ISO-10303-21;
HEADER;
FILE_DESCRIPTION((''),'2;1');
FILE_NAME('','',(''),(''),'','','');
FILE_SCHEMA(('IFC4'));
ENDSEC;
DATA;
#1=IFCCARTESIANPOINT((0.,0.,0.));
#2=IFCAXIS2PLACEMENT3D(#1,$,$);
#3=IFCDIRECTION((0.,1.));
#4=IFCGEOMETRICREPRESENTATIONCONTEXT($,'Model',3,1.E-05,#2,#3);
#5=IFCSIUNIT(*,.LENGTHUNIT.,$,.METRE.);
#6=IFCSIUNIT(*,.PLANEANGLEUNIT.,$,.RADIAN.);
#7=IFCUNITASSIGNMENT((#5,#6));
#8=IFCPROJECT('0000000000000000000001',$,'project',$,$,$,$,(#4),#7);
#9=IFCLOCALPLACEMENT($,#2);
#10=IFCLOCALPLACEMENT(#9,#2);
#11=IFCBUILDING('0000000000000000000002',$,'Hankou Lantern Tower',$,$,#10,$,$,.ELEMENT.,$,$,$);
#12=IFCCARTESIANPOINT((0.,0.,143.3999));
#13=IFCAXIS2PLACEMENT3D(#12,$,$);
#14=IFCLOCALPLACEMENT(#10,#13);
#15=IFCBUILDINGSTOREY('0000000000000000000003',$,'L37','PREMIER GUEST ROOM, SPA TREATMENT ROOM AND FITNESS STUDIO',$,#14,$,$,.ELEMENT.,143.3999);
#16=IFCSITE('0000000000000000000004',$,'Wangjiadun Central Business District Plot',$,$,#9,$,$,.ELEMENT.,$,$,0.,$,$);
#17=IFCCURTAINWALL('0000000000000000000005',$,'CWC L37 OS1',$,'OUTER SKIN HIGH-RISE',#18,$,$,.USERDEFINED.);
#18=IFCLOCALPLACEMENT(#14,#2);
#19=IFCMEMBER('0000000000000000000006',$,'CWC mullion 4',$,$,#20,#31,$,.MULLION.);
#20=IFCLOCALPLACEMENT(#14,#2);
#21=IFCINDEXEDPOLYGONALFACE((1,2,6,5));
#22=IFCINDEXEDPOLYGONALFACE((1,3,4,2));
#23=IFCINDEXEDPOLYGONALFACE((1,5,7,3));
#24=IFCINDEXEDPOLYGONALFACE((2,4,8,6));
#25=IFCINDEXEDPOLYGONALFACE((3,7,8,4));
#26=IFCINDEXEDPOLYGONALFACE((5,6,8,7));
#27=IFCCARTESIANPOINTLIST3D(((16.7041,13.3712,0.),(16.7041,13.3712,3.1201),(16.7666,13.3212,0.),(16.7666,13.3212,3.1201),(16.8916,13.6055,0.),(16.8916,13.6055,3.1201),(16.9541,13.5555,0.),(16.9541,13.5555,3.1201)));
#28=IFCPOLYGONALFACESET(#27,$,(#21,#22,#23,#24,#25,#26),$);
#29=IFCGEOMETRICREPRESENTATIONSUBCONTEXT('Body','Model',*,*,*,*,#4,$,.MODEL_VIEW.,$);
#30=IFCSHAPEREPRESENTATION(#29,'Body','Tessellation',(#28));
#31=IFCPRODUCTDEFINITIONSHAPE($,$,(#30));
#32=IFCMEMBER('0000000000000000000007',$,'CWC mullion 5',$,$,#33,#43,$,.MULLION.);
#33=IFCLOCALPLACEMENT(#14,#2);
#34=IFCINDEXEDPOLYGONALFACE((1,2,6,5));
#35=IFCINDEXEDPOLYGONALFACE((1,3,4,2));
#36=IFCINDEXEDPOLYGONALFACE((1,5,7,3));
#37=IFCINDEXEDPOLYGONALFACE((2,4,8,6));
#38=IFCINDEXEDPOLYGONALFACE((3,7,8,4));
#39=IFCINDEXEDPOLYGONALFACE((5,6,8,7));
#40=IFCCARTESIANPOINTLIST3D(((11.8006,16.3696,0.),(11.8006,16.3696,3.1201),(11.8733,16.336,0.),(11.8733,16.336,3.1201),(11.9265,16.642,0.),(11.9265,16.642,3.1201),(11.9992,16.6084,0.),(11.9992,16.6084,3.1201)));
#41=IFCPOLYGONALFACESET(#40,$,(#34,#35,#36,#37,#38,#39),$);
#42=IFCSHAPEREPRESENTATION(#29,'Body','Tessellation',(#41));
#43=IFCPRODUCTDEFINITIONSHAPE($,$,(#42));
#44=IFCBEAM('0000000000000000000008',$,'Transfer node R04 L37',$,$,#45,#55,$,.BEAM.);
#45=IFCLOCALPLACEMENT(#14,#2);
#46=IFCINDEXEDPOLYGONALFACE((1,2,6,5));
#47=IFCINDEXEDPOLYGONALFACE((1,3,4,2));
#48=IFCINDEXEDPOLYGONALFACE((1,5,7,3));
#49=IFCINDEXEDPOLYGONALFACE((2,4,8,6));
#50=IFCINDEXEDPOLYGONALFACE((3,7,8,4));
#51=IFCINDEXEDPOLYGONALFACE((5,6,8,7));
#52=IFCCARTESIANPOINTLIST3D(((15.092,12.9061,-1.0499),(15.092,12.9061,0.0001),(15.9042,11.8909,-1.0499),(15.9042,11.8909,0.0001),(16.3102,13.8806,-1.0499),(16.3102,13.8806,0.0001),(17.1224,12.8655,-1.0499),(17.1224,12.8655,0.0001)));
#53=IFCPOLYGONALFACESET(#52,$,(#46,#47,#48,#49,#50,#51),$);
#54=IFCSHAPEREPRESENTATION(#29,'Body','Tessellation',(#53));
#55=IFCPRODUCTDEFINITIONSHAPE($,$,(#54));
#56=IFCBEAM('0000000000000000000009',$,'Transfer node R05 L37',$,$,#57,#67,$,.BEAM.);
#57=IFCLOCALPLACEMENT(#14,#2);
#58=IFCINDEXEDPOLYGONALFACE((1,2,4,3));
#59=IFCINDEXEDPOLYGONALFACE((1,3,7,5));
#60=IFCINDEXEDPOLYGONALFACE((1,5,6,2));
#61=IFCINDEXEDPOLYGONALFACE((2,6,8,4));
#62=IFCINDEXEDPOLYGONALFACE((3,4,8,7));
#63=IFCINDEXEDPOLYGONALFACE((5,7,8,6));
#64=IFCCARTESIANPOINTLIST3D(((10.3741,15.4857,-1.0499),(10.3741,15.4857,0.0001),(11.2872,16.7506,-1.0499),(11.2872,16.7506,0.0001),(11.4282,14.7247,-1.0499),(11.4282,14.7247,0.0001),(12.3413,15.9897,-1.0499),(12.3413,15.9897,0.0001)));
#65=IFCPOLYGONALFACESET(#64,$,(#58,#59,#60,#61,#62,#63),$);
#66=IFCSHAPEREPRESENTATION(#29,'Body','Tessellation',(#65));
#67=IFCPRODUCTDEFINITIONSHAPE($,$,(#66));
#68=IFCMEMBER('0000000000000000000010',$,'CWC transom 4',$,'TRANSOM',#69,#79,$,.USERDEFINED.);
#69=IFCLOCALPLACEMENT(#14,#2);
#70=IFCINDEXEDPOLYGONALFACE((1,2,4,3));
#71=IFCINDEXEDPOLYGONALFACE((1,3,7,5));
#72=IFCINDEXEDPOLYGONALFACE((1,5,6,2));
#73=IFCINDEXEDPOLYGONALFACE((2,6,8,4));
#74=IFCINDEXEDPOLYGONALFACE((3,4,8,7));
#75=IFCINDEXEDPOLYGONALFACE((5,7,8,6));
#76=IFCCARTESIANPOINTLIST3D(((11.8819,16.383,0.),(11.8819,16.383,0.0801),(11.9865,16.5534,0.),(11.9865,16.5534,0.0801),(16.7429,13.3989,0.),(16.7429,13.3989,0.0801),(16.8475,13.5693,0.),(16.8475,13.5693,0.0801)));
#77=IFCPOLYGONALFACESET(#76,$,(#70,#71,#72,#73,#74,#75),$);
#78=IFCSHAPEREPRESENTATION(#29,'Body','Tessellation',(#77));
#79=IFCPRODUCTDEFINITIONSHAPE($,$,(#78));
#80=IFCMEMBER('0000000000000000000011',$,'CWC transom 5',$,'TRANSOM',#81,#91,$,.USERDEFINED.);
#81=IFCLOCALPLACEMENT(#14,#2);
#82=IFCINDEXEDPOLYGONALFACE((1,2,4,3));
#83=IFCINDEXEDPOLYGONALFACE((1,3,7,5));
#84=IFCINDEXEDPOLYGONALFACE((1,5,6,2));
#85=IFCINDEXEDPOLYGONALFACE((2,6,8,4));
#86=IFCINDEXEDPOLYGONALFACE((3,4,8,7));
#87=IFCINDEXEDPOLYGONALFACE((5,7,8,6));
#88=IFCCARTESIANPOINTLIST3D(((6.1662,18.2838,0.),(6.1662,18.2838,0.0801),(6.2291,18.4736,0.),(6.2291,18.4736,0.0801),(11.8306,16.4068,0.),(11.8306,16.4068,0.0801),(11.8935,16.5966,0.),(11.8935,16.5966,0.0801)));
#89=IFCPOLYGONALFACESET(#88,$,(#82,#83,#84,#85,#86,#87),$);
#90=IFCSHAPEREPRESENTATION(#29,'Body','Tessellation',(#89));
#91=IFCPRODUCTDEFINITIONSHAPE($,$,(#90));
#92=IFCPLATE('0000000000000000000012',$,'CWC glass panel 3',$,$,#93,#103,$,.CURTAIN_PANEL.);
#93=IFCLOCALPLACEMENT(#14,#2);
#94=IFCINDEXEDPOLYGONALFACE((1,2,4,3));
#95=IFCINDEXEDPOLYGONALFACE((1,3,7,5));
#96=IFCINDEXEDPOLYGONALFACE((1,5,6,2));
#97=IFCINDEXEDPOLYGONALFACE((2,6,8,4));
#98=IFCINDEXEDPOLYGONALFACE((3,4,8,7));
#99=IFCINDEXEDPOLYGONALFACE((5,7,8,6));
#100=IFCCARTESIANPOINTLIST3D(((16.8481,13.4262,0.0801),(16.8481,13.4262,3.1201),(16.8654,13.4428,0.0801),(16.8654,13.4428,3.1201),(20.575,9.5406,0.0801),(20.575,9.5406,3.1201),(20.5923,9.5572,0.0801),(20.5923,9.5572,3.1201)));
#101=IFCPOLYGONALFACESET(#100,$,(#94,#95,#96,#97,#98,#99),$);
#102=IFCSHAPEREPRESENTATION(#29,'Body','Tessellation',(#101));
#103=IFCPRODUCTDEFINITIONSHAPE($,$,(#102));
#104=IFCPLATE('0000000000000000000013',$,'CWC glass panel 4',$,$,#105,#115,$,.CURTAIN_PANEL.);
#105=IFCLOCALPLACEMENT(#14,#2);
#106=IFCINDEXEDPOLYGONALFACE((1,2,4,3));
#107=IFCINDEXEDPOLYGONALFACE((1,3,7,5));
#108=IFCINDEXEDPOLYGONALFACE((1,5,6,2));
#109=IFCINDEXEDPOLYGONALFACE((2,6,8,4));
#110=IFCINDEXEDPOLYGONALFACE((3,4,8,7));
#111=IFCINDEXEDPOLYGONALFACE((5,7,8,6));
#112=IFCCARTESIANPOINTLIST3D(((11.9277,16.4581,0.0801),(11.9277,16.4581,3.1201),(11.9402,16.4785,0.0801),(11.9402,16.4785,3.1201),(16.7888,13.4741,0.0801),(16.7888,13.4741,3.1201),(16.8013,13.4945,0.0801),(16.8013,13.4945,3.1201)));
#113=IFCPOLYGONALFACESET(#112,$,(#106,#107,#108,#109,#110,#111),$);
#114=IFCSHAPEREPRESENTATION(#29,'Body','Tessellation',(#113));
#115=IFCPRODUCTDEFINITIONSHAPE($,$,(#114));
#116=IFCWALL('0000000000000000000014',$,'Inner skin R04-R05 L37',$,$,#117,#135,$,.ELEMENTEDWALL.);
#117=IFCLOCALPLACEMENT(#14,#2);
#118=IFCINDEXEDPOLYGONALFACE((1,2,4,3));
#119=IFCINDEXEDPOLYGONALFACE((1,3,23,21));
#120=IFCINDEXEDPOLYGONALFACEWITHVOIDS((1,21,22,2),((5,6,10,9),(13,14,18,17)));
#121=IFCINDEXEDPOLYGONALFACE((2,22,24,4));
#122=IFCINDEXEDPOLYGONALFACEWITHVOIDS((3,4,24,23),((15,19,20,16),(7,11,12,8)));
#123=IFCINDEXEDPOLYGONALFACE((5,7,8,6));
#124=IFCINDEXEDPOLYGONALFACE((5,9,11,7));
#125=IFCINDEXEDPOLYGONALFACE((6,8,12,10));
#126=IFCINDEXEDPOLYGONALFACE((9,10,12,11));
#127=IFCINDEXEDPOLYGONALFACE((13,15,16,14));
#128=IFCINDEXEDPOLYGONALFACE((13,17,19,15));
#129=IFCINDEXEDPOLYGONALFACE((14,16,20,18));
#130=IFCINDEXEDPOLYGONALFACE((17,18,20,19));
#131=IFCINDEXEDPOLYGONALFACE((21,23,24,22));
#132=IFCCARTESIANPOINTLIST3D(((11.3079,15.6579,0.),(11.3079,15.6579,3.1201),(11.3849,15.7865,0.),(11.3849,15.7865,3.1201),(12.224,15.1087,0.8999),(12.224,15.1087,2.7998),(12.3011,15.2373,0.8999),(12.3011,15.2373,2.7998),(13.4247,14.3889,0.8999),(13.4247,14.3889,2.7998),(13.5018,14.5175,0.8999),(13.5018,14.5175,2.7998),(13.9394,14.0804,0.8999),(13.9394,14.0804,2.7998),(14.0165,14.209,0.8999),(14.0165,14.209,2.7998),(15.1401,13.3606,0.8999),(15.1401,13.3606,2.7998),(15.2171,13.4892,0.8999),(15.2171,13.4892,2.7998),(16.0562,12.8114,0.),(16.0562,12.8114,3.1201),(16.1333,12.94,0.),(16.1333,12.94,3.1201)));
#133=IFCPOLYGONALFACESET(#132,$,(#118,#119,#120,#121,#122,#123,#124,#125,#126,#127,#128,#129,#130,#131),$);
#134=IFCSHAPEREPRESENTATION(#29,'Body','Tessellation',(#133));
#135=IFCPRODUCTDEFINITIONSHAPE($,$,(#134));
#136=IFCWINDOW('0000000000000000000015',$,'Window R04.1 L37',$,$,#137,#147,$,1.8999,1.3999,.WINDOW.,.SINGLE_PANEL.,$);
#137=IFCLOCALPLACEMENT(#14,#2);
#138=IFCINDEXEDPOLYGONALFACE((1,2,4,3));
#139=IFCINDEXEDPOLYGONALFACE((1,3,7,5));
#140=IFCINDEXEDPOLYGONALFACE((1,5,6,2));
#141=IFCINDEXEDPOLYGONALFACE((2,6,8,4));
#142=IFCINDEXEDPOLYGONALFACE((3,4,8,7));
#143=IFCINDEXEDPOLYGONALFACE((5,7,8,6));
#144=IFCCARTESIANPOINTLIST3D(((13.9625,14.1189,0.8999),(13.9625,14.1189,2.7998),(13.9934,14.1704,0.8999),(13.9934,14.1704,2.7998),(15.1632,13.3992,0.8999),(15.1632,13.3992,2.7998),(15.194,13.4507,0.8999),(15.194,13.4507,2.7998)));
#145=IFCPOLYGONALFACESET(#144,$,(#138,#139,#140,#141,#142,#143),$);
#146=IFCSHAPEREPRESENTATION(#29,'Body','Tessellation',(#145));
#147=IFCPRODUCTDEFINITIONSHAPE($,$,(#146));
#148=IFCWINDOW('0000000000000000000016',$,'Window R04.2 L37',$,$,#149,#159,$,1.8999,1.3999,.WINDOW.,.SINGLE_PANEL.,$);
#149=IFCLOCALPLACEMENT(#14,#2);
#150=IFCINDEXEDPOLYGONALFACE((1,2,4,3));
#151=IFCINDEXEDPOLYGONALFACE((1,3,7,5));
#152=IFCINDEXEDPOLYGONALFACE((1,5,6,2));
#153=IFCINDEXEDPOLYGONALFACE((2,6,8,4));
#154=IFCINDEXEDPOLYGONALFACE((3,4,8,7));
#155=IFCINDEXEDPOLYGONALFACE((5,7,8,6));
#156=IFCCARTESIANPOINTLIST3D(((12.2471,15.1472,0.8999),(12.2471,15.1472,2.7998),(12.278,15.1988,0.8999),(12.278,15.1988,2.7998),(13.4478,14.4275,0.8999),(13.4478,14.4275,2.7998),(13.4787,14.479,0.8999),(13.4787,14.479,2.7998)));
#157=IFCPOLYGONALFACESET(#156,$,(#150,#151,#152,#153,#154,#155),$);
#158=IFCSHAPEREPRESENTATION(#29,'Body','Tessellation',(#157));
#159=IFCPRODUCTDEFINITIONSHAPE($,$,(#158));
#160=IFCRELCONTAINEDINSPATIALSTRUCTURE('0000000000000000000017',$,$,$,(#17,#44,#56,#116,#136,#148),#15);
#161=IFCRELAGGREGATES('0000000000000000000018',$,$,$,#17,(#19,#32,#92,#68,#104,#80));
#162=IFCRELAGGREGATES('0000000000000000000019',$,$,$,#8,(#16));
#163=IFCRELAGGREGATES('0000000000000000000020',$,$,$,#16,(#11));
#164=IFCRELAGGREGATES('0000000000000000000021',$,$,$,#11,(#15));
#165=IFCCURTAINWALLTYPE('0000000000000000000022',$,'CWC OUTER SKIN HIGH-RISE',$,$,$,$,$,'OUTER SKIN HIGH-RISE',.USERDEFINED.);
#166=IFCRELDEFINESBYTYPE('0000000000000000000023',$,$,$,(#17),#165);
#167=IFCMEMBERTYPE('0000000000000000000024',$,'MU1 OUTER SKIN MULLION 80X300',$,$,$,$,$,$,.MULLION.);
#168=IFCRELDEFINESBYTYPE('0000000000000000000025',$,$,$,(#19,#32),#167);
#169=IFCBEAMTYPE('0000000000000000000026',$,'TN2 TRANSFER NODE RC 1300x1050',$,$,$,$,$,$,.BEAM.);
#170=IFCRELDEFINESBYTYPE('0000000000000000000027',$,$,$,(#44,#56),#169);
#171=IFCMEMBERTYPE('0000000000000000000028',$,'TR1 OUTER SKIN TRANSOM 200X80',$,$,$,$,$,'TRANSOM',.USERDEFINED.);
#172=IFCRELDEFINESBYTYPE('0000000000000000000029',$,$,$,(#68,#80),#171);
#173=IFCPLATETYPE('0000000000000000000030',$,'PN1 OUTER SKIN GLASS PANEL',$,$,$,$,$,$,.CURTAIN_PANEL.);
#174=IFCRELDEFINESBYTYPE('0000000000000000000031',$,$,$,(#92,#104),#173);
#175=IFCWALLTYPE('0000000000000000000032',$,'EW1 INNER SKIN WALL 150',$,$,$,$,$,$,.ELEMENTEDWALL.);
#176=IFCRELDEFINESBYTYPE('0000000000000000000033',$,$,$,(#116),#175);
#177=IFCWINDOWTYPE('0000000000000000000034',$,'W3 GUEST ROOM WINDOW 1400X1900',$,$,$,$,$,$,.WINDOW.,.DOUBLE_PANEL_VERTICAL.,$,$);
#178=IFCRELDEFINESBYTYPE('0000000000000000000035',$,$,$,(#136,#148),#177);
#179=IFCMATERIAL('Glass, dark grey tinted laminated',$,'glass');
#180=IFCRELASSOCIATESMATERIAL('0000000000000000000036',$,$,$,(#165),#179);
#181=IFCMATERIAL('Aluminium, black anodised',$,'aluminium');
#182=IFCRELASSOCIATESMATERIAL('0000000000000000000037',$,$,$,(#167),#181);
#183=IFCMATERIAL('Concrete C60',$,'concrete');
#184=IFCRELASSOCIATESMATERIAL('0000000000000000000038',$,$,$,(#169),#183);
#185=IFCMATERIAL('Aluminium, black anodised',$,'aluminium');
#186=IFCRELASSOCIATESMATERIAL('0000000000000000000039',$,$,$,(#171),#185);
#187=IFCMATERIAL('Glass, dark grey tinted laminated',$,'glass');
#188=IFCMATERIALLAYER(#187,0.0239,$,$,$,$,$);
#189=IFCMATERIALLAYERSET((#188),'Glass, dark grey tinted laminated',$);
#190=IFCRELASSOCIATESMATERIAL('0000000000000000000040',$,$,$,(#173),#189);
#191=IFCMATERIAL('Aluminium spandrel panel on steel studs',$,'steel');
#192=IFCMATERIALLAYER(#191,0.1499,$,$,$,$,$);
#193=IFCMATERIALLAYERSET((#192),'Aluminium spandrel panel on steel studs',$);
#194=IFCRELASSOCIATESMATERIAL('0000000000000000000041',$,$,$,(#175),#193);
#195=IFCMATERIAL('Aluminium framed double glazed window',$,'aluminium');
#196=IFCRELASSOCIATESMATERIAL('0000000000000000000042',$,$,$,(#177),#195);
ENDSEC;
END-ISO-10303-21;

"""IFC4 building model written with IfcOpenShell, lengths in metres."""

from ifc_helpers import new_model, si_unit, direction, frame, frame_2d, origin, origin_2d, place, context, subcontext, project, spatial, rectangle, extrude, material, layer, layer_set, material_profile, profile_set, type_object, element, fill, aggregate, save


model = new_model("IFC4")

# Units and contexts
model_context = context("Model", 3, precision=1e-05, world=origin(), true_north=direction((0.0, 1.0)))
body_context = subcontext(model_context, "Body", "Model", "MODEL_VIEW")
ifc_project = project(units=[si_unit("LENGTHUNIT", "METRE"), si_unit("PLANEANGLEUNIT", "RADIAN")], contexts=[model_context])

# Site, building, storey
site_placement = place(None, origin())
site = spatial("IfcSite", under=ifc_project, at=site_placement, Name="Wangjiadun Central Business District Plot", CompositionType="ELEMENT", RefElevation=0.0)
building_placement = place(site_placement, origin())
building = spatial("IfcBuilding", under=site, at=building_placement, Name="Hankou Lantern Tower", CompositionType="ELEMENT")
storey_placement = place(building_placement, frame((0.0, 0.0, 143.3999)))
storey = spatial("IfcBuildingStorey", under=building, at=storey_placement, Name="L37", Description="PREMIER GUEST ROOM, SPA TREATMENT ROOM AND FITNESS STUDIO", CompositionType="ELEMENT", Elevation=143.3999)

# Curtain wall, members
ifc_material_1 = material(Name="Glass, dark grey tinted laminated", Category="glass")
curtain_wall_type = type_object("IfcCurtainWallType", Name="CWC OUTER SKIN HIGH-RISE", ElementType="OUTER SKIN HIGH-RISE", PredefinedType="USERDEFINED", material=ifc_material_1)
curtain_wall_placement = place(storey_placement, origin())
curtain_wall = element("IfcCurtainWall", 1, at=curtain_wall_placement, inside=storey, type_object=curtain_wall_type, Name="CWC L37 OS1", ObjectType="OUTER SKIN HIGH-RISE", PredefinedType="USERDEFINED")
ifc_material_2 = material(Name="Aluminium, black anodised", Category="aluminium")
ifc_material_profile_1 = material_profile(ifc_material_2, rectangle(XDim=0.0801, YDim=0.3, at=origin_2d()), Name="MU1 80X300")
ifc_profile_set_1 = profile_set([ifc_material_profile_1], Name="Aluminium, black anodised")
member_type_1 = type_object("IfcMemberType", Name="MU1 OUTER SKIN MULLION 80X300", PredefinedType="MULLION", material=ifc_profile_set_1)
member_1_placement = place(storey_placement, frame((16.8291, 13.4634, 0.0), z_axis=(0.0, 0.0, 1.0), x_axis=(-0.780869, 0.624695, 0.0)))
member_1 = element("IfcMember", 2, at=member_1_placement, type_object=member_type_1, Name="CWC mullion 4", PredefinedType="MULLION", context=body_context, shape_type="SweptSolid", body=[
    extrude(rectangle(XDim=0.0801, YDim=0.3, at=origin_2d()), origin(), (0.0, 0.0, 1.0), 3.1201),
])
member_2_placement = place(storey_placement, frame((11.8999, 16.489, 0.0), z_axis=(0.0, 0.0, 1.0), x_axis=(-0.907841, 0.419314, 0.0)))
member_2 = element("IfcMember", 3, at=member_2_placement, type_object=member_type_1, Name="CWC mullion 5", PredefinedType="MULLION", context=body_context, shape_type="SweptSolid", body=[
    extrude(rectangle(XDim=0.0801, YDim=0.3, at=origin_2d()), origin(), (0.0, 0.0, 1.0), 3.1201),
])

# Beams
ifc_material_3 = material(Name="Concrete C60", Category="concrete")
ifc_material_profile_2 = material_profile(ifc_material_3, rectangle(XDim=1.3, YDim=1.05, at=origin_2d()), Name="RC 1300x1050")
ifc_profile_set_2 = profile_set([ifc_material_profile_2], Name="Concrete C60")
beam_type_1 = type_object("IfcBeamType", Name="TN2 TRANSFER NODE RC 1300x1050", PredefinedType="BEAM", material=ifc_profile_set_2)
for number, where, z_axis, x_axis, name in (
    (4, (16.7163, 13.373, -0.5249), (-0.780869, -0.624695, 0.0), (0.624695, -0.780869, 0.0), "Transfer node R04 L37"),
    (5, (11.8142, 16.3701, -0.5249), (-0.585302, -0.810815, 0.0), (0.810815, -0.585302, 0.0), "Transfer node R05 L37"),
):
    element("IfcBeam", number, at=place(storey_placement, frame(where, z_axis=z_axis, x_axis=x_axis)), inside=storey, type_object=beam_type_1, Name=name, PredefinedType="BEAM", context=body_context, shape_type="SweptSolid", body=[
        extrude(rectangle(XDim=1.3, YDim=1.05, at=origin_2d()), origin(), (0.0, 0.0, 1.0), 1.5601),
    ])

# Members
ifc_material_4 = material(Name="Aluminium, black anodised", Category="aluminium")
ifc_material_profile_3 = material_profile(ifc_material_4, rectangle(XDim=0.2, YDim=0.0801, at=origin_2d()), Name="TR1 200X80")
ifc_profile_set_3 = profile_set([ifc_material_profile_3], Name="Aluminium, black anodised")
member_type_2 = type_object("IfcMemberType", Name="TR1 OUTER SKIN TRANSOM 200X80", ElementType="TRANSOM", PredefinedType="USERDEFINED", material=ifc_profile_set_3)
member_3_placement = place(storey_placement, frame((16.7952, 13.4841, 0.04), z_axis=(-0.852229, 0.523168, 0.0), x_axis=(-0.523168, -0.852229, 0.0)))
member_3 = element("IfcMember", 6, at=member_3_placement, type_object=member_type_2, Name="CWC transom 4", ObjectType="TRANSOM", PredefinedType="USERDEFINED", context=body_context, shape_type="SweptSolid", body=[
    extrude(rectangle(XDim=0.2, YDim=0.0801, at=origin_2d()), origin(), (0.0, 0.0, 1.0), 5.7039),
])
member_4_placement = place(storey_placement, frame((11.8621, 16.5017, 0.04), z_axis=(-0.949242, 0.314546, 0.0), x_axis=(-0.314546, -0.949242, 0.0)))
member_4 = element("IfcMember", 7, at=member_4_placement, type_object=member_type_2, Name="CWC transom 5", ObjectType="TRANSOM", PredefinedType="USERDEFINED", context=body_context, shape_type="SweptSolid", body=[
    extrude(rectangle(XDim=0.2, YDim=0.0801, at=origin_2d()), origin(), (0.0, 0.0, 1.0), 5.9673),
])

# Plates
ifc_material_5 = material(Name="Glass, dark grey tinted laminated", Category="glass")
ifc_layer_1 = layer(ifc_material_5, 0.0239)
ifc_layer_set_1 = layer_set([ifc_layer_1], Name="Glass, dark grey tinted laminated")
plate_type = type_object("IfcPlateType", Name="PN1 OUTER SKIN GLASS PANEL", PredefinedType="CURTAIN_PANEL", material=ifc_layer_set_1)
plate_1_placement = place(storey_placement, frame((18.7202, 11.4917, 0.0801), z_axis=(0.0, 0.0, 1.0), x_axis=(-0.692216, 0.721691, 0.0)))
plate_1 = element("IfcPlate", 8, at=plate_1_placement, type_object=plate_type, Name="CWC glass panel 3", PredefinedType="CURTAIN_PANEL", context=body_context, shape_type="SweptSolid", body=[
    extrude(rectangle(XDim=5.384, YDim=0.0239, at=origin_2d()), origin(), (0.0, 0.0, 1.0), 3.04),
])
plate_2_placement = place(storey_placement, frame((14.3645, 14.9763, 0.0801), z_axis=(0.0, 0.0, 1.0), x_axis=(-0.852237, 0.523156, 0.0)))
plate_2 = element("IfcPlate", 9, at=plate_2_placement, type_object=plate_type, Name="CWC glass panel 4", PredefinedType="CURTAIN_PANEL", context=body_context, shape_type="SweptSolid", body=[
    extrude(rectangle(XDim=5.7039, YDim=0.0239, at=origin_2d()), origin(), (0.0, 0.0, 1.0), 3.04),
])
aggregate(curtain_wall, [member_1, member_2, plate_1, member_3, plate_2, member_4])

# Wall, openings, windows
ifc_material_6 = material(Name="Aluminium spandrel panel on steel studs", Category="steel")
ifc_layer_2 = layer(ifc_material_6, 0.1499)
ifc_layer_set_2 = layer_set([ifc_layer_2], Name="Aluminium spandrel panel on steel studs")
wall_type_1 = type_object("IfcWallType", Name="EW1 INNER SKIN WALL 150", PredefinedType="ELEMENTEDWALL", material=ifc_layer_set_2)
wall_1_placement = place(storey_placement, frame((16.0947, 12.8757, 0.0), z_axis=(0.0, 0.0, 1.0), x_axis=(-0.857695, 0.514158, 0.0)))
wall_1 = element("IfcWall", 10, at=wall_1_placement, inside=storey, type_object=wall_type_1, Name="Inner skin R04-R05 L37", PredefinedType="ELEMENTEDWALL", context=body_context, shape_type="SweptSolid", body=[
    extrude(rectangle(XDim=5.5361, YDim=0.1499, at=frame_2d((2.7681, 0.0))), origin(), (0.0, 0.0, 1.0), 3.1201),
])
opening_1_placement = place(wall_1_placement, frame((1.0681, 0.0, 0.8999)))
opening_1 = element("IfcOpeningElement", 11, at=opening_1_placement, cuts=wall_1, PredefinedType="OPENING", context=body_context, shape_type="SweptSolid", body=[
    extrude(rectangle(XDim=1.3999, YDim=1.8999, at=frame_2d((0.7, 0.95))), frame((0.0, 0.085, 0.0), z_axis=(0.0, -1.0, 0.0), x_axis=(1.0, 0.0, 0.0)), (0.0, 0.0, 1.0), 0.1699),
])
opening_2_placement = place(wall_1_placement, frame((3.0681, 0.0, 0.8999)))
opening_2 = element("IfcOpeningElement", 12, at=opening_2_placement, cuts=wall_1, PredefinedType="OPENING", context=body_context, shape_type="SweptSolid", body=[
    extrude(rectangle(XDim=1.3999, YDim=1.8999, at=frame_2d((0.7, 0.95))), frame((0.0, 0.085, 0.0), z_axis=(0.0, -1.0, 0.0), x_axis=(1.0, 0.0, 0.0)), (0.0, 0.0, 1.0), 0.1699),
])
ifc_material_7 = material(Name="Aluminium framed double glazed window", Category="aluminium")
window_type = type_object("IfcWindowType", Name="W3 GUEST ROOM WINDOW 1400X1900", PartitioningType="DOUBLE_PANEL_VERTICAL", PredefinedType="WINDOW", material=ifc_material_7)
window_1_placement = place(opening_1_placement, origin())
window_1 = element("IfcWindow", 13, at=window_1_placement, inside=storey, type_object=window_type, Name="Window R04.1 L37", OverallHeight=1.8999, OverallWidth=1.3999, PartitioningType="SINGLE_PANEL", PredefinedType="WINDOW", context=body_context, shape_type="SweptSolid", body=[
    extrude(rectangle(XDim=1.3999, YDim=1.8999, at=frame_2d((0.7, 0.95))), frame((0.0, 0.03, 0.0), z_axis=(0.0, -1.0, 0.0), x_axis=(1.0, 0.0, 0.0)), (0.0, 0.0, 1.0), 0.0601),
])
fill(opening_1, window_1)
window_2_placement = place(opening_2_placement, origin())
window_2 = element("IfcWindow", 14, at=window_2_placement, inside=storey, type_object=window_type, Name="Window R04.2 L37", OverallHeight=1.8999, OverallWidth=1.3999, PartitioningType="SINGLE_PANEL", PredefinedType="WINDOW", context=body_context, shape_type="SweptSolid", body=[
    extrude(rectangle(XDim=1.3999, YDim=1.8999, at=frame_2d((0.7, 0.95))), frame((0.0, 0.03, 0.0), z_axis=(0.0, -1.0, 0.0), x_axis=(1.0, 0.0, 0.0)), (0.0, 0.0, 1.0), 0.0601),
])
fill(opening_2, window_2)

save(model, "model.ifc")
